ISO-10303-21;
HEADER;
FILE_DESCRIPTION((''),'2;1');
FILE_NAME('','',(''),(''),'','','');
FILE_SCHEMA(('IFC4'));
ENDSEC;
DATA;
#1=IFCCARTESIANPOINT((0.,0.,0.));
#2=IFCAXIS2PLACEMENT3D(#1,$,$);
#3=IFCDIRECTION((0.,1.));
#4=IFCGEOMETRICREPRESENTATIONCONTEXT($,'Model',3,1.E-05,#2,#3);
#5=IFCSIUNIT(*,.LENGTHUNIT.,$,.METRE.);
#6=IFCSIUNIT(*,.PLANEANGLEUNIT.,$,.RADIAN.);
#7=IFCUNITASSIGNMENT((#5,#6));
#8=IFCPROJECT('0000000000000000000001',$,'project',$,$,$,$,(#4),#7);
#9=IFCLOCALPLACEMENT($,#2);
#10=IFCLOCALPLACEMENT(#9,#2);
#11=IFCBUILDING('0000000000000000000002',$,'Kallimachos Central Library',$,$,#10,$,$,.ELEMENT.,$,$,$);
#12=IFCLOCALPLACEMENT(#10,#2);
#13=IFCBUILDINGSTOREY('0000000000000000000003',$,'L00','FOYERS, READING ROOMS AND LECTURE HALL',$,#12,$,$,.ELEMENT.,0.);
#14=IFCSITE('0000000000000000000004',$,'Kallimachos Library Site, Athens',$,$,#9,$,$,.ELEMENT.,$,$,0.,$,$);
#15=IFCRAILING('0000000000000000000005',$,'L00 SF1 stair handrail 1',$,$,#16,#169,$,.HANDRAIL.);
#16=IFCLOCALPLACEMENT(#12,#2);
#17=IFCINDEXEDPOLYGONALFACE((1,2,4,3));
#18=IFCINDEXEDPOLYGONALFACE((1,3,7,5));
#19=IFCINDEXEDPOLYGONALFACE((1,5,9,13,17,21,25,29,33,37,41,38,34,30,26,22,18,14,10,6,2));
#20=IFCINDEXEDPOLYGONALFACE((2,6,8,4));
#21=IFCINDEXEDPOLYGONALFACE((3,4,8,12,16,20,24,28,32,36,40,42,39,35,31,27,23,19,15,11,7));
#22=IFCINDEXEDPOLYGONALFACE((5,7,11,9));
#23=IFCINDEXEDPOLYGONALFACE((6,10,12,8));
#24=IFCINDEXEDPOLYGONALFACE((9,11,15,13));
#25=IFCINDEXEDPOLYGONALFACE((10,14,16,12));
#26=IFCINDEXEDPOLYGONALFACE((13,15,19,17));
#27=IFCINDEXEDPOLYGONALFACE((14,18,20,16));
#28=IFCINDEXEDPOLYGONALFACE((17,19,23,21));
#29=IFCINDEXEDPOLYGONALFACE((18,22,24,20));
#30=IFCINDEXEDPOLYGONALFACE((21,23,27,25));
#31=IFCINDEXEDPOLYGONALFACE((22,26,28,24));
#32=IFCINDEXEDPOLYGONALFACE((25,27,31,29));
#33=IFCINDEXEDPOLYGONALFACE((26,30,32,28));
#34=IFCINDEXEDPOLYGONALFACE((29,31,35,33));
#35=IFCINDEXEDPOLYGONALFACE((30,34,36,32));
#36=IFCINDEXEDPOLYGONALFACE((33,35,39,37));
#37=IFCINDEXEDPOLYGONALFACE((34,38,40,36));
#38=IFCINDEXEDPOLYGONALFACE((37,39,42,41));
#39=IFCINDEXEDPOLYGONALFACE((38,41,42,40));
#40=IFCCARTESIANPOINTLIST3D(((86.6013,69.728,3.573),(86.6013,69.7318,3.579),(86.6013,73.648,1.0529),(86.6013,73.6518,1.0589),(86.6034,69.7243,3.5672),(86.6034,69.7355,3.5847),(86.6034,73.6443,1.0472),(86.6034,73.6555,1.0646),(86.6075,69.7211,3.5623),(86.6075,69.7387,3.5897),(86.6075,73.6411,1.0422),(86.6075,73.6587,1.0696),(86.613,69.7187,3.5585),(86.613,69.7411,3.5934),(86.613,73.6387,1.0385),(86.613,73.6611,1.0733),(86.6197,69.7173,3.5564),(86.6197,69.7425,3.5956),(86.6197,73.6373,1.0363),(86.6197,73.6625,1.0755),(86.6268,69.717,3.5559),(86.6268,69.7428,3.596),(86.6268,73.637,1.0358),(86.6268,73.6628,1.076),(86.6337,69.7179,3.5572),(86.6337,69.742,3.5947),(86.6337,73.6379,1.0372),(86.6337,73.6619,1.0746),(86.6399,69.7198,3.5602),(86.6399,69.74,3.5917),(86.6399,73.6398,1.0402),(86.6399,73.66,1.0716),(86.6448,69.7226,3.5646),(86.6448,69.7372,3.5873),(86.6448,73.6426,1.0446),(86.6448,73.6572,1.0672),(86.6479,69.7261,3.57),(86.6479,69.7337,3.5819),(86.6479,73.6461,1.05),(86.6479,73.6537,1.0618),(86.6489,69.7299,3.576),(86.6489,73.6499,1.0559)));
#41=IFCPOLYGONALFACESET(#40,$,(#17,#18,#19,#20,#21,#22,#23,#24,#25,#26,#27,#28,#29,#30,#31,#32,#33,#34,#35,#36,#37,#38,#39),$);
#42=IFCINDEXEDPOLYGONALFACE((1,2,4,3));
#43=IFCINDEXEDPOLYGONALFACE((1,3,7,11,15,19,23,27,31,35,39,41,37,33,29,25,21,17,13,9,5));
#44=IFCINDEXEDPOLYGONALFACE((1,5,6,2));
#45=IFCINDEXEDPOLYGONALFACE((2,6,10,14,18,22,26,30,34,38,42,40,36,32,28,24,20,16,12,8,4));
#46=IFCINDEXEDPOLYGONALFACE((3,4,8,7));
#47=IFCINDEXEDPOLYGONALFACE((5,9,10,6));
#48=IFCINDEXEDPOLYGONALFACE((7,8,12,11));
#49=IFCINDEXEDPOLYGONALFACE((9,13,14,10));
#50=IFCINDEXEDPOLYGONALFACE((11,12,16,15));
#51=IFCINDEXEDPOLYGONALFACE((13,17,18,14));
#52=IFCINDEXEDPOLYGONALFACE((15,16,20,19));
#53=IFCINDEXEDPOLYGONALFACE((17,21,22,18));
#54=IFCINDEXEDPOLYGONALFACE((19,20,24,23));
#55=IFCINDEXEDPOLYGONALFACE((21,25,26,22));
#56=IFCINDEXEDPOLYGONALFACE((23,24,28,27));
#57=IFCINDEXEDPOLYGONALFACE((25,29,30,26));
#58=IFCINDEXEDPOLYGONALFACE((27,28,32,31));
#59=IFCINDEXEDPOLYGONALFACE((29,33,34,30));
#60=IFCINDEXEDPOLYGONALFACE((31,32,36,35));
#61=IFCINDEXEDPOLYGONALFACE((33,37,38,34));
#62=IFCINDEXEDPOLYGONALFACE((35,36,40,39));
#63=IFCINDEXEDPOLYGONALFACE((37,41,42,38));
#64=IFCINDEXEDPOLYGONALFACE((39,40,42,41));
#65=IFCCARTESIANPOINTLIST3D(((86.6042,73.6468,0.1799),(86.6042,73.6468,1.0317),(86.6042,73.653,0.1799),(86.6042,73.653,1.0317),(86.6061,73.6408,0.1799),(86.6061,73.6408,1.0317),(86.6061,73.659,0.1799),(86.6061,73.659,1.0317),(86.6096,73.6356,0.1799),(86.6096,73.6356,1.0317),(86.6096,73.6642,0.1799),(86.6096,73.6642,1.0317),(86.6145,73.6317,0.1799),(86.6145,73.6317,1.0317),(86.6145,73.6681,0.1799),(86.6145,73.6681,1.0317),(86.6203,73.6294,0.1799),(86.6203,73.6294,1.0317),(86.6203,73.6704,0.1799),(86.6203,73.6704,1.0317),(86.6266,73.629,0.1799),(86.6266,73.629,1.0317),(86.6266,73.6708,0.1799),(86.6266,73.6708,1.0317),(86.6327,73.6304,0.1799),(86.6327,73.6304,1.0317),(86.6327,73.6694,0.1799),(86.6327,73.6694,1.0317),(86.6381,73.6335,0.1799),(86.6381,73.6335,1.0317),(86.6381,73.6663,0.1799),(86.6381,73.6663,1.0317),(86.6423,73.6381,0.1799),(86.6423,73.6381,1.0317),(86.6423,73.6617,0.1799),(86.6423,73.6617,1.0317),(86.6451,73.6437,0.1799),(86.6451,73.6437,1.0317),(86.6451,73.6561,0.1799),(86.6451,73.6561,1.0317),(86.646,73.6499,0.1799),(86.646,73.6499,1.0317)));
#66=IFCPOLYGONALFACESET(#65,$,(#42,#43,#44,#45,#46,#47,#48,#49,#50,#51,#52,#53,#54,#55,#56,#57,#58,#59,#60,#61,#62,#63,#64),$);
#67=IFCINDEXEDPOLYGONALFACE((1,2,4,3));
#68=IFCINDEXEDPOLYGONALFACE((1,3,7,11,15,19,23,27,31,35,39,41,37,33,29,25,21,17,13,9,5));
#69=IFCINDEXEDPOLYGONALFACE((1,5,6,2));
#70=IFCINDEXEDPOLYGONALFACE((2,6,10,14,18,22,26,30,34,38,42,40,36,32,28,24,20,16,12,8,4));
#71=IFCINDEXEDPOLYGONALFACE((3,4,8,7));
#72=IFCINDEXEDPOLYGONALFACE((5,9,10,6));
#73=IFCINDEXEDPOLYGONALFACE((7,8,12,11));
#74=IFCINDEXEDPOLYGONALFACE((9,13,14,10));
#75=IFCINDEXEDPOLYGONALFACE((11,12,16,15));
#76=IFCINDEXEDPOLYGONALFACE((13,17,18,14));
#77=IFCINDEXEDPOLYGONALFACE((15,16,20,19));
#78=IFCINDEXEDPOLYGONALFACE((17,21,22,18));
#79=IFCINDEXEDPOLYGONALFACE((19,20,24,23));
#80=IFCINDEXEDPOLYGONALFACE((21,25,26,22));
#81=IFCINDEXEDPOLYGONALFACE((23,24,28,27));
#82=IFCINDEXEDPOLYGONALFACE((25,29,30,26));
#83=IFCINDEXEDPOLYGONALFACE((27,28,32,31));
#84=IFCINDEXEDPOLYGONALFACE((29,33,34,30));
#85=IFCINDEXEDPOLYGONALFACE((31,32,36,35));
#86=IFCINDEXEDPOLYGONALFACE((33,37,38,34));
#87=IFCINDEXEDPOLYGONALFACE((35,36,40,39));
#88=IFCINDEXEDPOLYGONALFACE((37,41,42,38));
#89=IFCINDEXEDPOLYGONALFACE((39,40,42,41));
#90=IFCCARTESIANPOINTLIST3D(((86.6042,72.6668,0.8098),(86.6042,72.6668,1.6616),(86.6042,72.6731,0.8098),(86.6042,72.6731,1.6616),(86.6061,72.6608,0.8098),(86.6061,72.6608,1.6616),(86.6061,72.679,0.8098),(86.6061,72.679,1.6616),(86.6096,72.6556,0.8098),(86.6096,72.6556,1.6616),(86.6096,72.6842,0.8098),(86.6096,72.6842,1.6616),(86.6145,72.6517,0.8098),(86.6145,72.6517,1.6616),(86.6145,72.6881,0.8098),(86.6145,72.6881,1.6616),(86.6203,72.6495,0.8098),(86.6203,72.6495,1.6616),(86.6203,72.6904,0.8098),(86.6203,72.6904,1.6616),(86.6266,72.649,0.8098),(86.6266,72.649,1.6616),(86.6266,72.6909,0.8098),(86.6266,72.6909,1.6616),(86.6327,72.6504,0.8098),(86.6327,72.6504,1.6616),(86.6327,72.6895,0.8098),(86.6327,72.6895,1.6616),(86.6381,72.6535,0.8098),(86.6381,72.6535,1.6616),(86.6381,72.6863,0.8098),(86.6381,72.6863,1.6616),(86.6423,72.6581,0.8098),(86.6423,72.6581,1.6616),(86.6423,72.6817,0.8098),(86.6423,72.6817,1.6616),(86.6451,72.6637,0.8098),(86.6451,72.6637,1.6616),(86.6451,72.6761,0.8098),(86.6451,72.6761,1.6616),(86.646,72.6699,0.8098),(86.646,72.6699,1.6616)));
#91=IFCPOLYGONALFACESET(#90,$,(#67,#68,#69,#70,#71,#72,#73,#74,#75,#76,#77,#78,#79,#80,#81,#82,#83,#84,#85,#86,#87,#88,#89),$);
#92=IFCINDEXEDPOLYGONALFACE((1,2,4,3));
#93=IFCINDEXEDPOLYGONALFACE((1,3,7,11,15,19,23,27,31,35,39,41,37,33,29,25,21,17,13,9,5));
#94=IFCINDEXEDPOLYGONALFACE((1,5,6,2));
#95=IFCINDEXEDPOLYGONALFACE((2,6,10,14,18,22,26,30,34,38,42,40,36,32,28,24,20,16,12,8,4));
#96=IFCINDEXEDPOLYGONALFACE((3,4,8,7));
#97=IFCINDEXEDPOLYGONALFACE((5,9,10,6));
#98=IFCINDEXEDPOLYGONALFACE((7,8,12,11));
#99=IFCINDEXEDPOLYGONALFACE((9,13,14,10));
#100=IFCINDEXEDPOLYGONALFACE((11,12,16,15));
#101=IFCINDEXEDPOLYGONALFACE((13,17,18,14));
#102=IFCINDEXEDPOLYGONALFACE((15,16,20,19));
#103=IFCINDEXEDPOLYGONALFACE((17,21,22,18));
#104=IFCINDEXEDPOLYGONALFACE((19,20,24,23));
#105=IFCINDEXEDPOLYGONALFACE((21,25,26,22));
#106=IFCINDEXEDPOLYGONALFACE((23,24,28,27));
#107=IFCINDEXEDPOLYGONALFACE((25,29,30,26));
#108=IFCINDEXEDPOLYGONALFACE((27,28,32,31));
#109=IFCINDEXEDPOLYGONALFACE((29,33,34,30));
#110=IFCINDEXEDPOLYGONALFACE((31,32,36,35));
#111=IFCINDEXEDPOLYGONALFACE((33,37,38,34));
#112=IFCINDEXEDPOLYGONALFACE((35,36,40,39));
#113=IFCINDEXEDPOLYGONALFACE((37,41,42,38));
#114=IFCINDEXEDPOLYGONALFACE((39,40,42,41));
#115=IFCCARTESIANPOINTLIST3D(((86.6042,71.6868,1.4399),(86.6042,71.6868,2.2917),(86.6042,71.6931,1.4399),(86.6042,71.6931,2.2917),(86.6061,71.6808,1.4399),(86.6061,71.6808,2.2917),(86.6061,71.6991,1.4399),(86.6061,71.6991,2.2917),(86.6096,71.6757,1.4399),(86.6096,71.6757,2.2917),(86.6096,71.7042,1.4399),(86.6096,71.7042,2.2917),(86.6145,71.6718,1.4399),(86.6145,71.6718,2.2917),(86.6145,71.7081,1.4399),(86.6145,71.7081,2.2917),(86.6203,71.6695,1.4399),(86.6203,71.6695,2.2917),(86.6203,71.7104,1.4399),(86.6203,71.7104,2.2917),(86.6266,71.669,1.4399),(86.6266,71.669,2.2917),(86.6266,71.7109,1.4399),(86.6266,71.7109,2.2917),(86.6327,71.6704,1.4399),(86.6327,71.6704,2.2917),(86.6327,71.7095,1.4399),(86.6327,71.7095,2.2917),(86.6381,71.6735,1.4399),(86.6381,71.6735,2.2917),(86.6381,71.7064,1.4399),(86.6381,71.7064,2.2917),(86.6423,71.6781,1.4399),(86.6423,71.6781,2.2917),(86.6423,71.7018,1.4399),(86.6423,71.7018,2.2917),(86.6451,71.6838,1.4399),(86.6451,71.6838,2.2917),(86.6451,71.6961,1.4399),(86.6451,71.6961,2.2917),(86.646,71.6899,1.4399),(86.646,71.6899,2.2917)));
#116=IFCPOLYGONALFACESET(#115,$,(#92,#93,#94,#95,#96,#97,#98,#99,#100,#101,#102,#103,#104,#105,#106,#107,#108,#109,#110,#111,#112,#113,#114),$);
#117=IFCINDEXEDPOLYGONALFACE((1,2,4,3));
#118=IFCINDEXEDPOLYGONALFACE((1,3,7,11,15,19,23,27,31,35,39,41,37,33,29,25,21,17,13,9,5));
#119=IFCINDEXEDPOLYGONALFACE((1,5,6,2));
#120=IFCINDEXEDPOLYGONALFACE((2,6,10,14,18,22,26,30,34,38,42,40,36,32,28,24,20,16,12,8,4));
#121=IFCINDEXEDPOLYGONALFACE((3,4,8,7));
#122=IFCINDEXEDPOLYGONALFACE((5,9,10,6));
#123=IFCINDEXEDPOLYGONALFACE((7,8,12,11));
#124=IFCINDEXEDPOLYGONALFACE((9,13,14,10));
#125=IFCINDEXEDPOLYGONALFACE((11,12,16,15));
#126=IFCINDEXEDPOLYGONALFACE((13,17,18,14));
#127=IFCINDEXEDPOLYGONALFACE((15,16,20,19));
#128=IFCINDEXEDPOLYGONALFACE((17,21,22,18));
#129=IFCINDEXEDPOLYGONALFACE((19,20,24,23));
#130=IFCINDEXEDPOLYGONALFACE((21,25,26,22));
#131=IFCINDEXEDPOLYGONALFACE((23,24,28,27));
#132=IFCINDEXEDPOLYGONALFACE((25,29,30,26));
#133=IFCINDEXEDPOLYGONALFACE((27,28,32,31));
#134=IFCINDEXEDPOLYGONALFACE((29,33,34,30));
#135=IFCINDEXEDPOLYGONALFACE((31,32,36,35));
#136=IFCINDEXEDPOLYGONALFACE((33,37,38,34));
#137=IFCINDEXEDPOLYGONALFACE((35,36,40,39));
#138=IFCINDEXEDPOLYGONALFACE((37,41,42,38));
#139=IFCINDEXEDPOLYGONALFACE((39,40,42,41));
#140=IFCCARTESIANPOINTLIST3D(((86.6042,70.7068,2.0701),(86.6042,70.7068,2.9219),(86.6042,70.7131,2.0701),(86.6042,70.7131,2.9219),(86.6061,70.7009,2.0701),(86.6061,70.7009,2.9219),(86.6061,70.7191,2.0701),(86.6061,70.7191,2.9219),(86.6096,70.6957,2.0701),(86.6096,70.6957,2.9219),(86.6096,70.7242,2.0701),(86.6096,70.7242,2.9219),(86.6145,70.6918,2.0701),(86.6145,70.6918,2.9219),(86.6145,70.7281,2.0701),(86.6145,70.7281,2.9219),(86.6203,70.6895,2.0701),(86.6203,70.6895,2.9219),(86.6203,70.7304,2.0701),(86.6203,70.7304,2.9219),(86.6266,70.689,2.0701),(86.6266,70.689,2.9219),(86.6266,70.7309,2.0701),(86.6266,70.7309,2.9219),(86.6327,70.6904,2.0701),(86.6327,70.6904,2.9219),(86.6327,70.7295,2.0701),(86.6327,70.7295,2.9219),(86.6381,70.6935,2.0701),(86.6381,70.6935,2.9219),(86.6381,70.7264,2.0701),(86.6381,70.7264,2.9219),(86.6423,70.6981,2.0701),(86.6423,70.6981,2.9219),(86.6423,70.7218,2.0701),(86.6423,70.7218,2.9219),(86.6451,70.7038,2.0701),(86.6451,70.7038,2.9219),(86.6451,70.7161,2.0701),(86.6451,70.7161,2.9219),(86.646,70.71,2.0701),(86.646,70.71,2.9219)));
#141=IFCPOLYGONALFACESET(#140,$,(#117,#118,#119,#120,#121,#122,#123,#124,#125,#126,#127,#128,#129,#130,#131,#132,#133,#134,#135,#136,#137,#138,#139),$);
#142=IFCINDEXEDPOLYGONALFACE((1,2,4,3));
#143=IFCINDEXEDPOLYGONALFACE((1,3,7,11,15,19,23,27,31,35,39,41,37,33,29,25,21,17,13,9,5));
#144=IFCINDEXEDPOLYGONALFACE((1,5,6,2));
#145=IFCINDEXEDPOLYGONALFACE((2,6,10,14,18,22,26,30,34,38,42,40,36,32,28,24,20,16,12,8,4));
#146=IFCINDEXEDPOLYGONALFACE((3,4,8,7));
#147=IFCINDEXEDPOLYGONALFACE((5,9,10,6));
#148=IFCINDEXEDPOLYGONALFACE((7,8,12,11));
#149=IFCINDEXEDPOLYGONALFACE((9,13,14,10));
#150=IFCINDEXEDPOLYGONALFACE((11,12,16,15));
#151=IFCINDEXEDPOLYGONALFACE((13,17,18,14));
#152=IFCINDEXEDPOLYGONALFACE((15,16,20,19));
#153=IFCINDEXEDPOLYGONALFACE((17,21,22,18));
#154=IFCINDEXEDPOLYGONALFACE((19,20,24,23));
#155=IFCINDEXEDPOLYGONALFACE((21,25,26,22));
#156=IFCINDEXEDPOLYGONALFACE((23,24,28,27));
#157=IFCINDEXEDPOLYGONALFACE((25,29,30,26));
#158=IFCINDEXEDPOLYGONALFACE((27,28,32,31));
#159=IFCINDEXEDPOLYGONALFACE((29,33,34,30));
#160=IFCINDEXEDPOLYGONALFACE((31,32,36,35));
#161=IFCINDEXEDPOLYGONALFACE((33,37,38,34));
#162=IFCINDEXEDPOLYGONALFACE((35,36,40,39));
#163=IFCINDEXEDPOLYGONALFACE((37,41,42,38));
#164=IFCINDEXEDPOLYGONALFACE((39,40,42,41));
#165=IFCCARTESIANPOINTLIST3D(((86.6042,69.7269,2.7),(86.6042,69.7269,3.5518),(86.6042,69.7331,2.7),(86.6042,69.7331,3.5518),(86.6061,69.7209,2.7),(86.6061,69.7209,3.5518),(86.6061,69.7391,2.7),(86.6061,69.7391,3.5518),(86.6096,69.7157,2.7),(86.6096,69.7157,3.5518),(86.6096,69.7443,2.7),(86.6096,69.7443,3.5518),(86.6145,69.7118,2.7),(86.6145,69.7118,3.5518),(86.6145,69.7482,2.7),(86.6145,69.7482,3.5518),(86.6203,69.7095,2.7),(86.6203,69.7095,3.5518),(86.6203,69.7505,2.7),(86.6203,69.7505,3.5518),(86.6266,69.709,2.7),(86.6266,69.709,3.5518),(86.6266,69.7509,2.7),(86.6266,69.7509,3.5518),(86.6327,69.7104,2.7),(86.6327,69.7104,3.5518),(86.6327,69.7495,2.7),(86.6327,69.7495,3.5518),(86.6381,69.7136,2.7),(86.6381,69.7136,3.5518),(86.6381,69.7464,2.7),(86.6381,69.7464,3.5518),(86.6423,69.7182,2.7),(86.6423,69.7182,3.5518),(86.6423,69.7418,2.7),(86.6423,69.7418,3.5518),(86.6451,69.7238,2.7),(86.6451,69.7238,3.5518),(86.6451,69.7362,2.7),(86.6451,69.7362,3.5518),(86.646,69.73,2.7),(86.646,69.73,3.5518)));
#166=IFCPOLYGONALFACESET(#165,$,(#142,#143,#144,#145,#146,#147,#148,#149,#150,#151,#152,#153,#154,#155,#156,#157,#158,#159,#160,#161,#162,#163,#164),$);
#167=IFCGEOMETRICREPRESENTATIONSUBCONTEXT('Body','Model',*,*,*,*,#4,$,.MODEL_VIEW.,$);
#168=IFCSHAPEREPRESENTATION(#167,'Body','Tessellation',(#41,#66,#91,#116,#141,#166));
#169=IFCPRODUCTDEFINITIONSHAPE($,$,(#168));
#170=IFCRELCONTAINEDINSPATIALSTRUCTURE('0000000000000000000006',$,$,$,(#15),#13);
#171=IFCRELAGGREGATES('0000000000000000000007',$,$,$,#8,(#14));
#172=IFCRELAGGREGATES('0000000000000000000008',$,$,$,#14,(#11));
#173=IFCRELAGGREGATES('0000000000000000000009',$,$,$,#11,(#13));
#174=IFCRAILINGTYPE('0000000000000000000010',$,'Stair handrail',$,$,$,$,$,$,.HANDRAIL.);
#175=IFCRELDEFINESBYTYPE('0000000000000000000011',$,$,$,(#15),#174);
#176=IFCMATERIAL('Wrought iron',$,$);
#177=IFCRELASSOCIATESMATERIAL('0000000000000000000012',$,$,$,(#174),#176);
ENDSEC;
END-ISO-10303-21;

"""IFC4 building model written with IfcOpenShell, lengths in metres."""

from ifc_helpers import new_model, si_unit, direction, frame, origin, origin_2d, place, context, subcontext, project, spatial, circle, extrude, material, type_object, element, save


model = new_model("IFC4")

# Units and contexts
model_context = context("Model", 3, precision=1e-05, world=origin(), true_north=direction((0.0, 1.0)))
body_context = subcontext(model_context, "Body", "Model", "MODEL_VIEW")
ifc_project = project(units=[si_unit("LENGTHUNIT", "METRE"), si_unit("PLANEANGLEUNIT", "RADIAN")], contexts=[model_context])

# Site, building, storey
site_placement = place(None, origin())
site = spatial("IfcSite", under=ifc_project, at=site_placement, Name="Kallimachos Library Site, Athens", CompositionType="ELEMENT", RefElevation=0.0)
building_placement = place(site_placement, origin())
building = spatial("IfcBuilding", under=site, at=building_placement, Name="Kallimachos Central Library", CompositionType="ELEMENT")
storey_placement = place(building_placement, origin())
storey = spatial("IfcBuildingStorey", under=building, at=storey_placement, Name="L00", Description="FOYERS, READING ROOMS AND LECTURE HALL", CompositionType="ELEMENT", Elevation=0.0)

# Railing
ifc_material_1 = material(Name="Wrought iron")
railing_type_1 = type_object("IfcRailingType", Name="Stair handrail", PredefinedType="HANDRAIL", material=ifc_material_1)
railing_1_placement = place(storey_placement, frame((86.625, 73.6499, 0.1799)))
element("IfcRailing", 1, at=railing_1_placement, inside=storey, type_object=railing_type_1, Name="L00 SF1 stair handrail 1", PredefinedType="HANDRAIL", context=body_context, shape_type="SweptSolid", body=[
    extrude(circle(Radius=0.0239, at=origin_2d()), frame((0.0, 0.0, 0.876), z_axis=(0.0, -0.841172, 0.540768), x_axis=(1.0, 0.0, 0.0)), (0.0, 0.0, 1.0), 4.6602),
    extrude(circle(Radius=0.021, at=origin_2d()), origin(), (0.0, 0.0, 1.0), 0.8518),
    extrude(circle(Radius=0.021, at=origin_2d()), frame((0.0, -0.98, 0.6299)), (0.0, 0.0, 1.0), 0.8518),
    extrude(circle(Radius=0.021, at=origin_2d()), frame((0.0, -1.96, 1.26)), (0.0, 0.0, 1.0), 0.8518),
    extrude(circle(Radius=0.021, at=origin_2d()), frame((0.0, -2.9399, 1.8901)), (0.0, 0.0, 1.0), 0.8518),
    extrude(circle(Radius=0.021, at=origin_2d()), frame((0.0, -3.9199, 2.52)), (0.0, 0.0, 1.0), 0.8518),
])

save(model, "model.ifc")
